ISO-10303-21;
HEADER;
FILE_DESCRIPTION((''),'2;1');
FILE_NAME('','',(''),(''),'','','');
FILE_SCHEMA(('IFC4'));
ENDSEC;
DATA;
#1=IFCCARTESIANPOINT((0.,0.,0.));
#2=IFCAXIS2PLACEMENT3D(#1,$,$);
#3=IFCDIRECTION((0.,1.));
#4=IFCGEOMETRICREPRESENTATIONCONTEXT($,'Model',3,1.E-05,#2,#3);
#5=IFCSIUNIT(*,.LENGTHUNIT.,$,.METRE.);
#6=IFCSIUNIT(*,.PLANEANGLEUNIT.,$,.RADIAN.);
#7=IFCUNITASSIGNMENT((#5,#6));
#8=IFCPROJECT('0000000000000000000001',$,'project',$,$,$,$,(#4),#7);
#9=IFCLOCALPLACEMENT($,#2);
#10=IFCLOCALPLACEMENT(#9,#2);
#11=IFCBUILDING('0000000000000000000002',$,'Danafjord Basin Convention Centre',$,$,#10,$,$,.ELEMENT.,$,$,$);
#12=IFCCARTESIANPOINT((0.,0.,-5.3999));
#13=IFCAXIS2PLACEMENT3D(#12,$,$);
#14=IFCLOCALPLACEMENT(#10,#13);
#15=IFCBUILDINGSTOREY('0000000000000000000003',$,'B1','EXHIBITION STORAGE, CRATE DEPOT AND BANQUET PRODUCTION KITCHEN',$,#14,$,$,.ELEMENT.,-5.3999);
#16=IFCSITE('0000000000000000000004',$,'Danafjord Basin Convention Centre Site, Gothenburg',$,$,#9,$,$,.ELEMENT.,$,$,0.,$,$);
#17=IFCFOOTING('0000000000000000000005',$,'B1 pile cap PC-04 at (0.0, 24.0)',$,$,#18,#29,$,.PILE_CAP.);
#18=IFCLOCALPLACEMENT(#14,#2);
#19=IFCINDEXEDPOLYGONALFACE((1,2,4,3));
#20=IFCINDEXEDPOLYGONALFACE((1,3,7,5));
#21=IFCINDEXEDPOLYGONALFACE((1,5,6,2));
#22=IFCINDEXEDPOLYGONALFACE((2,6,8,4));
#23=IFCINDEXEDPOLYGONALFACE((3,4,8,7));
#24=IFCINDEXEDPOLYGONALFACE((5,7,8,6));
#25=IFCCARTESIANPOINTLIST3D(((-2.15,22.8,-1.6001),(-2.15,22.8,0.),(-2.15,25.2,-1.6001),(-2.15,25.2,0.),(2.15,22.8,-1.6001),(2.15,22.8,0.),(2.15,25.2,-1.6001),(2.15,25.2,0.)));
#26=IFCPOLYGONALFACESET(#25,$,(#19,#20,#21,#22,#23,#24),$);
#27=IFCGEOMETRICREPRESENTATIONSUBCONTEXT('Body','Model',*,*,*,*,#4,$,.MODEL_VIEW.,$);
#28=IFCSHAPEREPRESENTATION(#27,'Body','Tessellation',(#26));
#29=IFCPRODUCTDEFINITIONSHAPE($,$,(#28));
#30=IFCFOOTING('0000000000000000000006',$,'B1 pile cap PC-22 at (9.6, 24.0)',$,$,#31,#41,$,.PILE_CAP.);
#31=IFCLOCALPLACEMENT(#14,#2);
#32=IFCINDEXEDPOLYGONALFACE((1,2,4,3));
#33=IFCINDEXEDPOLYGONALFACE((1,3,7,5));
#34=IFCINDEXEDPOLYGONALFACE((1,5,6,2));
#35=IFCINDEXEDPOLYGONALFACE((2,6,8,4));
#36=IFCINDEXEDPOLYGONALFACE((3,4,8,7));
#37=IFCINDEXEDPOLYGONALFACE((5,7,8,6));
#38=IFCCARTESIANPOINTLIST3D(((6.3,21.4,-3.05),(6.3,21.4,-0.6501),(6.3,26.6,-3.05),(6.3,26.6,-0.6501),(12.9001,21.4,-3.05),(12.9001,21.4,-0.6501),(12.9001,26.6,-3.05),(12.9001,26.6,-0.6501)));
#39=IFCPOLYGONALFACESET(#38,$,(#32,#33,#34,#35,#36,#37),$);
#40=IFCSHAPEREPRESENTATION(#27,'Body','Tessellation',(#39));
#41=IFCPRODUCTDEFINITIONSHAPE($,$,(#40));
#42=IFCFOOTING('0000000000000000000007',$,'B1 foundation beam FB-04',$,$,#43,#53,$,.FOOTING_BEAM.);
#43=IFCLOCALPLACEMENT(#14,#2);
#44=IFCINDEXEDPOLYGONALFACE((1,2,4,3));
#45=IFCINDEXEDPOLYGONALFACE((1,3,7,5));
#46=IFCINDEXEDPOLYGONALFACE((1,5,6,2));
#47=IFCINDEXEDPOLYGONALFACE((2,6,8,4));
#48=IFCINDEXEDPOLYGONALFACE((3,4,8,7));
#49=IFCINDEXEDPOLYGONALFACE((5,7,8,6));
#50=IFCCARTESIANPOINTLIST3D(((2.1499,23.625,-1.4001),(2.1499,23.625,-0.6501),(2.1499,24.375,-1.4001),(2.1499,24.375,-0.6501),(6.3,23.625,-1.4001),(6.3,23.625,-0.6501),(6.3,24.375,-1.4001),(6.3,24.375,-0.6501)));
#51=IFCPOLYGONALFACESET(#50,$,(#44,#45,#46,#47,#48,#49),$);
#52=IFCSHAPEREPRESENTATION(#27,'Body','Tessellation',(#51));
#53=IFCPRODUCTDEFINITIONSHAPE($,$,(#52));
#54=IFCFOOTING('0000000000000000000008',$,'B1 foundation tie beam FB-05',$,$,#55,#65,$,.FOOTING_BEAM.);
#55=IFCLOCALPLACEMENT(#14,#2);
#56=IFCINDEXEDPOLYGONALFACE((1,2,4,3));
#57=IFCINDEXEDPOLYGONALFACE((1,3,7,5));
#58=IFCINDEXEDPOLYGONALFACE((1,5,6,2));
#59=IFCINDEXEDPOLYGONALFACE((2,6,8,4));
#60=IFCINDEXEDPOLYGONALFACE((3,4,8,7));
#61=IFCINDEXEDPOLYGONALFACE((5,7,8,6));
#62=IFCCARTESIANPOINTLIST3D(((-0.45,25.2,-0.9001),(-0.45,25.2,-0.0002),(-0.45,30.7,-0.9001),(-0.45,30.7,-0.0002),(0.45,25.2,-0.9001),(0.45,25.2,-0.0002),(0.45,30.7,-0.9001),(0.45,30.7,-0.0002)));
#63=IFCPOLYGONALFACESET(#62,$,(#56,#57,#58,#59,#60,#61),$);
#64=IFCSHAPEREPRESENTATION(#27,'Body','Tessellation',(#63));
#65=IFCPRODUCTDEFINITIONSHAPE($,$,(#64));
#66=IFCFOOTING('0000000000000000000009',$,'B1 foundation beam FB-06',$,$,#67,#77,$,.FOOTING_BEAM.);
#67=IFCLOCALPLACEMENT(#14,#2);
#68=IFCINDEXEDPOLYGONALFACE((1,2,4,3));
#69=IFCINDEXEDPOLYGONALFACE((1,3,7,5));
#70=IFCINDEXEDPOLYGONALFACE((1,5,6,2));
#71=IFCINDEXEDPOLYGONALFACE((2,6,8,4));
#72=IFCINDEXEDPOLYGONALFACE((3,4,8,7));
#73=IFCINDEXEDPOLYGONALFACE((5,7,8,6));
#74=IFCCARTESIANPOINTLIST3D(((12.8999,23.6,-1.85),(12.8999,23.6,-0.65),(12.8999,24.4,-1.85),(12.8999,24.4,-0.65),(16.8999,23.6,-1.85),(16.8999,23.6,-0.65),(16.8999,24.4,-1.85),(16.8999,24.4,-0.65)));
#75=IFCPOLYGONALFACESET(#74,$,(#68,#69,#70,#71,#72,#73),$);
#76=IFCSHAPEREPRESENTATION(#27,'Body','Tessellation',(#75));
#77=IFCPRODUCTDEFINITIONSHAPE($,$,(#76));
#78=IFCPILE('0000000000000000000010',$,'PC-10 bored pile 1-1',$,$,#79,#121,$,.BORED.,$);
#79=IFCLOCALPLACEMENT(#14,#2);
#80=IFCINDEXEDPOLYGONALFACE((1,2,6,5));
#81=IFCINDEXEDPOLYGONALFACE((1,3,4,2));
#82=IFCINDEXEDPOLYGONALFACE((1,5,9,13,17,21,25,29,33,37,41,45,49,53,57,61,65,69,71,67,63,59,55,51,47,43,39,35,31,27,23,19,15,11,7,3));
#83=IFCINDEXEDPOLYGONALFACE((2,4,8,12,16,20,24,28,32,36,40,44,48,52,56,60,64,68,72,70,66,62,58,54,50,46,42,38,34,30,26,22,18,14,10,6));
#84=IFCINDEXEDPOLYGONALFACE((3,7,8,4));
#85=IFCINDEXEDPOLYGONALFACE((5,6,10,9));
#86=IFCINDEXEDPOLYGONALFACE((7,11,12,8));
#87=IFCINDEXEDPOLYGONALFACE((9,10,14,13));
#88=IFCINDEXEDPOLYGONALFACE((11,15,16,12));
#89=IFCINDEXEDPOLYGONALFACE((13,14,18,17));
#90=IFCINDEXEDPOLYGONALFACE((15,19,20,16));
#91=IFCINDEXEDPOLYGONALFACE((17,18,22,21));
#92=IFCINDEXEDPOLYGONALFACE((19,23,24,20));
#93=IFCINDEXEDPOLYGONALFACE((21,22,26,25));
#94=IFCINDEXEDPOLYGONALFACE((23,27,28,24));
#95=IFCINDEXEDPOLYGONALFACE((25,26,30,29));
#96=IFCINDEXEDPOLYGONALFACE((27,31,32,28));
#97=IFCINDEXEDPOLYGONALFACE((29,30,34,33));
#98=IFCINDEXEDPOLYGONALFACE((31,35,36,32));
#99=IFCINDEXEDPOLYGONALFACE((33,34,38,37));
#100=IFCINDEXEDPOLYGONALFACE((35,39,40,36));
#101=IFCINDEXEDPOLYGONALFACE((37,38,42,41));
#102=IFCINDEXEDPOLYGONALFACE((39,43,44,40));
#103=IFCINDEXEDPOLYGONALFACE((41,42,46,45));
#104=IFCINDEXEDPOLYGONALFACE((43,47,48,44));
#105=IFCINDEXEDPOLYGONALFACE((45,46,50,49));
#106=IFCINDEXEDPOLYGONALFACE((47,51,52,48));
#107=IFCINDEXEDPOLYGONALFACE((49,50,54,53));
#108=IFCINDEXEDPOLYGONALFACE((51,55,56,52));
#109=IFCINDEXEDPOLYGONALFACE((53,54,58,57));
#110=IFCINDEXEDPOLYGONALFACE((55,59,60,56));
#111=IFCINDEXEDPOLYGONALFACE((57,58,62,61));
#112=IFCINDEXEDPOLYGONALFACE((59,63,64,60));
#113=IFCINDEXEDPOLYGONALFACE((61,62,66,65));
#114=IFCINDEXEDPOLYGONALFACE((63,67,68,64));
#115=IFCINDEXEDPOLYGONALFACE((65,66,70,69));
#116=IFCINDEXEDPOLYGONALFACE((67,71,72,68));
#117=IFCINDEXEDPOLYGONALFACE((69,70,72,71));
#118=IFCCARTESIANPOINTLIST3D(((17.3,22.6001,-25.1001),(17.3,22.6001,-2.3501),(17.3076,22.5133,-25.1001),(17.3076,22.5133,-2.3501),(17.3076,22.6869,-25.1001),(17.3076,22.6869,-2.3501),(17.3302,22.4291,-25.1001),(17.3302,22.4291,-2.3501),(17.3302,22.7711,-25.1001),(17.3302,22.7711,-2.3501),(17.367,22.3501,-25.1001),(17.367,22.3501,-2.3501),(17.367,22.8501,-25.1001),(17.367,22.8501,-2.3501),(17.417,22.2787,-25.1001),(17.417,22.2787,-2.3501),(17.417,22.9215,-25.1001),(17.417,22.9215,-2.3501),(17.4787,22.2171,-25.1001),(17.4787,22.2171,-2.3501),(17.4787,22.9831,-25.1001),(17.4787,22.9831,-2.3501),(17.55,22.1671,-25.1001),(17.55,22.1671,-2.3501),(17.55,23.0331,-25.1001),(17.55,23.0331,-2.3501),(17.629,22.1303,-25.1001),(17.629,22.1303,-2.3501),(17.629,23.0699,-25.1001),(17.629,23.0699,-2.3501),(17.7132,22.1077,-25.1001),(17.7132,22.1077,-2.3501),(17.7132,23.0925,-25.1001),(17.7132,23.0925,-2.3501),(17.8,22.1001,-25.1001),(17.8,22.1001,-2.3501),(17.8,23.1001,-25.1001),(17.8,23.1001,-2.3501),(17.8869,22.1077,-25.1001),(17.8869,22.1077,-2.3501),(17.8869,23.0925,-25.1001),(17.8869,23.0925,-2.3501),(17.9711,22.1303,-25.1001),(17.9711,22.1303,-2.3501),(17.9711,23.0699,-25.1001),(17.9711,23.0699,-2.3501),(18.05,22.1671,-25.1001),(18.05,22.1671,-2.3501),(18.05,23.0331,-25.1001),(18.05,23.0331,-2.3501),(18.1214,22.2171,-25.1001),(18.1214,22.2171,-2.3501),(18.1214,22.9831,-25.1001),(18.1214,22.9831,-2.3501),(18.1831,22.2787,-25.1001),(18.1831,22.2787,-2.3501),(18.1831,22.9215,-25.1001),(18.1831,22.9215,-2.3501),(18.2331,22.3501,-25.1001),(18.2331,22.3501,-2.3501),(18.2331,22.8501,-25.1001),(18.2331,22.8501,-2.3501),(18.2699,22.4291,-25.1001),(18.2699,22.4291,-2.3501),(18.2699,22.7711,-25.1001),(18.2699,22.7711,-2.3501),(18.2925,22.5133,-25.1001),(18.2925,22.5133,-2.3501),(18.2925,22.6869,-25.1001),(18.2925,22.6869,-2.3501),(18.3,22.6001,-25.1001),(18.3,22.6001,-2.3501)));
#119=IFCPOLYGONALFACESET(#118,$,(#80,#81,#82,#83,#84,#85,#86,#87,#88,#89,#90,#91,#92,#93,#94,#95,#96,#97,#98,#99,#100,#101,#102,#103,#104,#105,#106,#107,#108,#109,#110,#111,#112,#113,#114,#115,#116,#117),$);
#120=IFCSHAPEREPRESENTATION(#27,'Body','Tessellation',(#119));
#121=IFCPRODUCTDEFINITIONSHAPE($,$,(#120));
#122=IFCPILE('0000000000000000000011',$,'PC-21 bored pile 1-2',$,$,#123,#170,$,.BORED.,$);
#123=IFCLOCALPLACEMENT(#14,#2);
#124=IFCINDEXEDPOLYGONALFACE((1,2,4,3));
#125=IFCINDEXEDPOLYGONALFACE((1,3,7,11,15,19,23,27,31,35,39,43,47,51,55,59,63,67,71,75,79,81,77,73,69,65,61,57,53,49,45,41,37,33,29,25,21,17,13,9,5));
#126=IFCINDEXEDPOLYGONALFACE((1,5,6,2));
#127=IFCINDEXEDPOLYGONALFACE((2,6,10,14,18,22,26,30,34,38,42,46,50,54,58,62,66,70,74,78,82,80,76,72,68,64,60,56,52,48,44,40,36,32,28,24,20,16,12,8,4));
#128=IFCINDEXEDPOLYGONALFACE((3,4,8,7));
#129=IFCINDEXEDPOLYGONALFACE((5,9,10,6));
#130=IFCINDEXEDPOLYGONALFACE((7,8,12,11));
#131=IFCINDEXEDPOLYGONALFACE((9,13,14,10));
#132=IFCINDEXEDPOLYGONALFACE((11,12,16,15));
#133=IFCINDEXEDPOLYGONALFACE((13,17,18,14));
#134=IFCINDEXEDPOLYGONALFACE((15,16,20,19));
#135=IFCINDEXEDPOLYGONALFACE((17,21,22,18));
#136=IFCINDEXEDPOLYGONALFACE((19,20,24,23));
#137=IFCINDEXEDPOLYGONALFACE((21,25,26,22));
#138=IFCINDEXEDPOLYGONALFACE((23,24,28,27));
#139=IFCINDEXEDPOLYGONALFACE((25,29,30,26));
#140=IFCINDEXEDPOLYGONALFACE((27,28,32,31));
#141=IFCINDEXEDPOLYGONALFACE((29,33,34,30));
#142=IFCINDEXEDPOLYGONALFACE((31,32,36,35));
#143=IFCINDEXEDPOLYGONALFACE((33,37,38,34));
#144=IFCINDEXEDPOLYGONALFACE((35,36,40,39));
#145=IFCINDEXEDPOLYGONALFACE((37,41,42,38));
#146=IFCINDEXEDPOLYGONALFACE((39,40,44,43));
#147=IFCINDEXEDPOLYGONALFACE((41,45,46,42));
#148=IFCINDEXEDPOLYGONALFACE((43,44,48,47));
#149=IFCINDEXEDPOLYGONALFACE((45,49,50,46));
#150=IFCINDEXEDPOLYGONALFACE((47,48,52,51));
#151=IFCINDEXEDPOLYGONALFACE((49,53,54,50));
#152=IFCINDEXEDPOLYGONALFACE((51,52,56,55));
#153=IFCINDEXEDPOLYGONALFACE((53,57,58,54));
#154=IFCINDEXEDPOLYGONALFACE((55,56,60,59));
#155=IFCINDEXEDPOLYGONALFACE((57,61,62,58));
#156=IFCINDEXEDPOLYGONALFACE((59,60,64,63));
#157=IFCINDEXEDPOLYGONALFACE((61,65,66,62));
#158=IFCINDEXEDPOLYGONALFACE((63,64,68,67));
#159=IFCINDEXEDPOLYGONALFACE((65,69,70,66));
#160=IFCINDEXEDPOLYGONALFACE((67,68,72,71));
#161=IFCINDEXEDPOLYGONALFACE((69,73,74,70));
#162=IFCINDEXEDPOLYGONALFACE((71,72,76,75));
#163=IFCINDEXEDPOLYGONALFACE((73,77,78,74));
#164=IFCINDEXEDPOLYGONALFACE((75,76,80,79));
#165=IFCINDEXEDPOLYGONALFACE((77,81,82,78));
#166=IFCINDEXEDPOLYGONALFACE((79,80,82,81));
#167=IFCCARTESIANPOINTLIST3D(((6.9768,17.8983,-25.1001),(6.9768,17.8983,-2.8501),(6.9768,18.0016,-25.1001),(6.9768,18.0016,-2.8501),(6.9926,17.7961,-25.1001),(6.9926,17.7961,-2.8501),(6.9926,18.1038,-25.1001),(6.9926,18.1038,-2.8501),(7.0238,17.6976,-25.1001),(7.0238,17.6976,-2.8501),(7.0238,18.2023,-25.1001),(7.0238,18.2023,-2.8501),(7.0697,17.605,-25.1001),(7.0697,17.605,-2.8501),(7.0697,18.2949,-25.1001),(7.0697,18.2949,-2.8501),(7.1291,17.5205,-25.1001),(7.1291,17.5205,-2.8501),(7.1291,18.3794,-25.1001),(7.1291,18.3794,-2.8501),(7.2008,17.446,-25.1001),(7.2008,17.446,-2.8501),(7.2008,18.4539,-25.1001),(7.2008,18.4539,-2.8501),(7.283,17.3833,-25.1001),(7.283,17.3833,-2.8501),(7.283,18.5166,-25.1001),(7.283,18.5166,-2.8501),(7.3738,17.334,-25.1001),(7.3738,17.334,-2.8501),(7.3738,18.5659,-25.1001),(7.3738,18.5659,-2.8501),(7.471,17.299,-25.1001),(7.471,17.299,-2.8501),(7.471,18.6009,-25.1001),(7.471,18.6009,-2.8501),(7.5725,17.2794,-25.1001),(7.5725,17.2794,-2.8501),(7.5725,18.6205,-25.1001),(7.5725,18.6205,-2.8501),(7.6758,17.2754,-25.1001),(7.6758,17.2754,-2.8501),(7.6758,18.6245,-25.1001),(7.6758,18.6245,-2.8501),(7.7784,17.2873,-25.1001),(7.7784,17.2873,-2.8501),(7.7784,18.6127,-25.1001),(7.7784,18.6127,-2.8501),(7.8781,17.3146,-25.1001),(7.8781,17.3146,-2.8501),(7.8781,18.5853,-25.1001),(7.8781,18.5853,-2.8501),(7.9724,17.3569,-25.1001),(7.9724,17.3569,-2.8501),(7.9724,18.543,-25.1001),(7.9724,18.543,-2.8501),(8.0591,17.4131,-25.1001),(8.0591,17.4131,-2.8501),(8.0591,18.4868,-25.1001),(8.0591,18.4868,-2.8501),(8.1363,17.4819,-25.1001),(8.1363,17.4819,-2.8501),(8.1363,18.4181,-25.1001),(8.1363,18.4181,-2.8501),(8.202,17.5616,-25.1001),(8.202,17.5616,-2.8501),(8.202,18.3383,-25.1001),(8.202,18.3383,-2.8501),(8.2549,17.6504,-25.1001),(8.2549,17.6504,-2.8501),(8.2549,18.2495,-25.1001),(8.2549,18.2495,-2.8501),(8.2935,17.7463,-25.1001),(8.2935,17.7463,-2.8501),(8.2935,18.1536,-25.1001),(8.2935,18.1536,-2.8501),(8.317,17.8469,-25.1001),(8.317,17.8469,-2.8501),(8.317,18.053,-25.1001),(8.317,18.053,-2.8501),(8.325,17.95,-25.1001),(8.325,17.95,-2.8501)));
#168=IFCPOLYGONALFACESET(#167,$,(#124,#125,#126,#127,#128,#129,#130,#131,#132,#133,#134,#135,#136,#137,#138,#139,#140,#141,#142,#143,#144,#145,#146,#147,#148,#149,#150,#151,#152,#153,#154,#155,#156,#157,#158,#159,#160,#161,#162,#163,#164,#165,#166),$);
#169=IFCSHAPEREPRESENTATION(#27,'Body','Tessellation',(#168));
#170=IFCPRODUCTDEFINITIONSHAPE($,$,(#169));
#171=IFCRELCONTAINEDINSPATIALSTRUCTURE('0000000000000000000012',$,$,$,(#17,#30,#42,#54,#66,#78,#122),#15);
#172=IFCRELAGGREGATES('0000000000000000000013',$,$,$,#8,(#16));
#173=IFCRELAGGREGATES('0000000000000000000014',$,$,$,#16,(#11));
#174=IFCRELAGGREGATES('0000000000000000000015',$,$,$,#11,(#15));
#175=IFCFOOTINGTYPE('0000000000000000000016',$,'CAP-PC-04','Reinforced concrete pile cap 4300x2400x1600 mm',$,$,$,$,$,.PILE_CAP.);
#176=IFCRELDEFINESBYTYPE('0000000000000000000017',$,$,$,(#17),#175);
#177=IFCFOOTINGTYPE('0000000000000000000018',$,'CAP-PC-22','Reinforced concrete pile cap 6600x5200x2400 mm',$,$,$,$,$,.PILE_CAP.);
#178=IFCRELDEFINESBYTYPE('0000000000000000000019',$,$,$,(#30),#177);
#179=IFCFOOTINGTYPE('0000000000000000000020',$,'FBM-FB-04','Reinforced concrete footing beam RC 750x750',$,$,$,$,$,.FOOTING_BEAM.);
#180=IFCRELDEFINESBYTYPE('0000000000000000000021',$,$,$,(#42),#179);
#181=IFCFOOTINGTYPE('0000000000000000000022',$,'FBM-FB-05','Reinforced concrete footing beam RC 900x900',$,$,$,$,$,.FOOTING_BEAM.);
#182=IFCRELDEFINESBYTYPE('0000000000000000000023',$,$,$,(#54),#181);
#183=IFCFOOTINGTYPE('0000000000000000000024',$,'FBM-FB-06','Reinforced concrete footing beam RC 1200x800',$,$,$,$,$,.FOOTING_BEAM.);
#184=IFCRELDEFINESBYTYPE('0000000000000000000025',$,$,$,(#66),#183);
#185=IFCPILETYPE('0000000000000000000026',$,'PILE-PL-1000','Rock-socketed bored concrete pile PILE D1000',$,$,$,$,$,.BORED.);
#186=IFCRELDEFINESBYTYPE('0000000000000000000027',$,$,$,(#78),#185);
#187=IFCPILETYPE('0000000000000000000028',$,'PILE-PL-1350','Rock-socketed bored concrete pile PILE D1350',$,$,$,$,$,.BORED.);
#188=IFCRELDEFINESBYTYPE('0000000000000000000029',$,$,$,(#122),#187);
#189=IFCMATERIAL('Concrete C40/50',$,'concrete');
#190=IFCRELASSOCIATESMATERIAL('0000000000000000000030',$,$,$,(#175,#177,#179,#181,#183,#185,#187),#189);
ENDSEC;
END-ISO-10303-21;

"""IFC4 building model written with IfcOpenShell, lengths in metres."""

from ifc_helpers import new_model, si_unit, direction, frame, origin, origin_2d, place, context, subcontext, project, spatial, rectangle, circle, extrude, material, material_profile, profile_set, type_object, element, save


model = new_model("IFC4")

# Units and contexts
model_context = context("Model", 3, precision=1e-05, world=origin(), true_north=direction((0.0, 1.0)))
body_context = subcontext(model_context, "Body", "Model", "MODEL_VIEW")
ifc_project = project(units=[si_unit("LENGTHUNIT", "METRE"), si_unit("PLANEANGLEUNIT", "RADIAN")], contexts=[model_context])

# Site, building, storey
site_placement = place(None, origin())
site = spatial("IfcSite", under=ifc_project, at=site_placement, Name="Danafjord Basin Convention Centre Site, Gothenburg", CompositionType="ELEMENT", RefElevation=0.0)
building_placement = place(site_placement, origin())
building = spatial("IfcBuilding", under=site, at=building_placement, Name="Danafjord Basin Convention Centre", CompositionType="ELEMENT")
storey_placement = place(building_placement, frame((0.0, 0.0, -5.3999)))
storey = spatial("IfcBuildingStorey", under=building, at=storey_placement, Name="B1", Description="EXHIBITION STORAGE, CRATE DEPOT AND BANQUET PRODUCTION KITCHEN", CompositionType="ELEMENT", Elevation=-5.3999)

# Footings
ifc_material_1 = material(Name="Concrete C40/50", Category="concrete")
footing_type_1 = type_object("IfcFootingType", Name="CAP-PC-04", Description="Reinforced concrete pile cap 4300x2400x1600 mm", PredefinedType="PILE_CAP", material=ifc_material_1)
footing_1_placement = place(storey_placement, frame((0.0, 24.0, -1.6001), z_axis=(0.0, 0.0, 1.0), x_axis=(1.0, 0.0, 0.0)))
element("IfcFooting", 1, at=footing_1_placement, inside=storey, type_object=footing_type_1, Name="B1 pile cap PC-04 at (0.0, 24.0)", PredefinedType="PILE_CAP", context=body_context, shape_type="SweptSolid", body=[
    extrude(rectangle(XDim=4.3, YDim=2.3999, at=origin_2d()), origin(), (0.0, 0.0, 1.0), 1.6001),
])
footing_type_2 = type_object("IfcFootingType", Name="CAP-PC-22", Description="Reinforced concrete pile cap 6600x5200x2400 mm", PredefinedType="PILE_CAP", material=ifc_material_1)
footing_2_placement = place(storey_placement, frame((9.6001, 24.0, -3.05), z_axis=(0.0, 0.0, 1.0), x_axis=(1.0, 0.0, 0.0)))
element("IfcFooting", 2, at=footing_2_placement, inside=storey, type_object=footing_type_2, Name="B1 pile cap PC-22 at (9.6, 24.0)", PredefinedType="PILE_CAP", context=body_context, shape_type="SweptSolid", body=[
    extrude(rectangle(XDim=6.6001, YDim=5.2, at=origin_2d()), origin(), (0.0, 0.0, 1.0), 2.3999),
])
ifc_material_profile_1 = material_profile(ifc_material_1, rectangle(XDim=0.75, YDim=0.75, at=origin_2d()), Name="RC 750x750")
ifc_profile_set_1 = profile_set([ifc_material_profile_1], Name="Concrete C40/50")
footing_type_3 = type_object("IfcFootingType", Name="FBM-FB-04", Description="Reinforced concrete footing beam RC 750x750", PredefinedType="FOOTING_BEAM", material=ifc_profile_set_1)
footing_3_placement = place(storey_placement, frame((2.1499, 24.0, -1.0251), z_axis=(1.0, 0.0, 0.0), x_axis=(0.0, 1.0, 0.0)))
element("IfcFooting", 3, at=footing_3_placement, inside=storey, type_object=footing_type_3, Name="B1 foundation beam FB-04", PredefinedType="FOOTING_BEAM", context=body_context, shape_type="SweptSolid", body=[
    extrude(rectangle(XDim=0.75, YDim=0.75, at=origin_2d()), origin(), (0.0, 0.0, 1.0), 4.1501),
])
ifc_material_profile_2 = material_profile(ifc_material_1, rectangle(XDim=0.8999, YDim=0.8999, at=origin_2d()), Name="RC 900x900")
ifc_profile_set_2 = profile_set([ifc_material_profile_2], Name="Concrete C40/50")
footing_type_4 = type_object("IfcFootingType", Name="FBM-FB-05", Description="Reinforced concrete footing beam RC 900x900", PredefinedType="FOOTING_BEAM", material=ifc_profile_set_2)
footing_4_placement = place(storey_placement, frame((0.0, 25.2, -0.4502), z_axis=(0.0, 1.0, 0.0), x_axis=(-1.0, 0.0, 0.0)))
element("IfcFooting", 4, at=footing_4_placement, inside=storey, type_object=footing_type_4, Name="B1 foundation tie beam FB-05", PredefinedType="FOOTING_BEAM", context=body_context, shape_type="SweptSolid", body=[
    extrude(rectangle(XDim=0.8999, YDim=0.8999, at=origin_2d()), origin(), (0.0, 0.0, 1.0), 5.5),
])
ifc_material_profile_3 = material_profile(ifc_material_1, rectangle(XDim=0.8, YDim=1.2, at=origin_2d()), Name="RC 1200x800")
ifc_profile_set_3 = profile_set([ifc_material_profile_3], Name="Concrete C40/50")
footing_type_5 = type_object("IfcFootingType", Name="FBM-FB-06", Description="Reinforced concrete footing beam RC 1200x800", PredefinedType="FOOTING_BEAM", material=ifc_profile_set_3)
footing_5_placement = place(storey_placement, frame((12.8999, 24.0, -1.25), z_axis=(1.0, 0.0, 0.0), x_axis=(0.0, 1.0, 0.0)))
element("IfcFooting", 5, at=footing_5_placement, inside=storey, type_object=footing_type_5, Name="B1 foundation beam FB-06", PredefinedType="FOOTING_BEAM", context=body_context, shape_type="SweptSolid", body=[
    extrude(rectangle(XDim=0.8, YDim=1.2, at=origin_2d()), origin(), (0.0, 0.0, 1.0), 4.0),
])

# Piles
ifc_material_profile_4 = material_profile(ifc_material_1, circle(Radius=0.5, at=origin_2d()), Name="PILE D1000")
ifc_profile_set_4 = profile_set([ifc_material_profile_4], Name="Concrete C40/50")
pile_type_1 = type_object("IfcPileType", Name="PILE-PL-1000", Description="Rock-socketed bored concrete pile PILE D1000", PredefinedType="BORED", material=ifc_profile_set_4)
pile_1_placement = place(storey_placement, frame((17.8, 22.6001, -2.3501), z_axis=(0.0, 0.0, -1.0), x_axis=(1.0, 0.0, 0.0)))
element("IfcPile", 6, at=pile_1_placement, inside=storey, type_object=pile_type_1, Name="PC-10 bored pile 1-1", PredefinedType="BORED", context=body_context, shape_type="SweptSolid", body=[
    extrude(circle(Radius=0.5, at=origin_2d()), origin(), (0.0, 0.0, 1.0), 22.75),
])
ifc_material_profile_5 = material_profile(ifc_material_1, circle(Radius=0.675, at=origin_2d()), Name="PILE D1350")
ifc_profile_set_5 = profile_set([ifc_material_profile_5], Name="Concrete C40/50")
pile_type_2 = type_object("IfcPileType", Name="PILE-PL-1350", Description="Rock-socketed bored concrete pile PILE D1350", PredefinedType="BORED", material=ifc_profile_set_5)
for number, where, z_axis, x_axis, name in (
    (7, (7.6499, 17.95, -2.8501), (0.0, 0.0, -1.0), (1.0, 0.0, 0.0), "PC-21 bored pile 1-2"),
):
    element("IfcPile", number, at=place(storey_placement, frame(where, z_axis=z_axis, x_axis=x_axis)), inside=storey, type_object=pile_type_2, Name=name, PredefinedType="BORED", context=body_context, shape_type="SweptSolid", body=[
        extrude(circle(Radius=0.675, at=origin_2d()), origin(), (0.0, 0.0, 1.0), 22.25),
    ])

save(model, "model.ifc")
